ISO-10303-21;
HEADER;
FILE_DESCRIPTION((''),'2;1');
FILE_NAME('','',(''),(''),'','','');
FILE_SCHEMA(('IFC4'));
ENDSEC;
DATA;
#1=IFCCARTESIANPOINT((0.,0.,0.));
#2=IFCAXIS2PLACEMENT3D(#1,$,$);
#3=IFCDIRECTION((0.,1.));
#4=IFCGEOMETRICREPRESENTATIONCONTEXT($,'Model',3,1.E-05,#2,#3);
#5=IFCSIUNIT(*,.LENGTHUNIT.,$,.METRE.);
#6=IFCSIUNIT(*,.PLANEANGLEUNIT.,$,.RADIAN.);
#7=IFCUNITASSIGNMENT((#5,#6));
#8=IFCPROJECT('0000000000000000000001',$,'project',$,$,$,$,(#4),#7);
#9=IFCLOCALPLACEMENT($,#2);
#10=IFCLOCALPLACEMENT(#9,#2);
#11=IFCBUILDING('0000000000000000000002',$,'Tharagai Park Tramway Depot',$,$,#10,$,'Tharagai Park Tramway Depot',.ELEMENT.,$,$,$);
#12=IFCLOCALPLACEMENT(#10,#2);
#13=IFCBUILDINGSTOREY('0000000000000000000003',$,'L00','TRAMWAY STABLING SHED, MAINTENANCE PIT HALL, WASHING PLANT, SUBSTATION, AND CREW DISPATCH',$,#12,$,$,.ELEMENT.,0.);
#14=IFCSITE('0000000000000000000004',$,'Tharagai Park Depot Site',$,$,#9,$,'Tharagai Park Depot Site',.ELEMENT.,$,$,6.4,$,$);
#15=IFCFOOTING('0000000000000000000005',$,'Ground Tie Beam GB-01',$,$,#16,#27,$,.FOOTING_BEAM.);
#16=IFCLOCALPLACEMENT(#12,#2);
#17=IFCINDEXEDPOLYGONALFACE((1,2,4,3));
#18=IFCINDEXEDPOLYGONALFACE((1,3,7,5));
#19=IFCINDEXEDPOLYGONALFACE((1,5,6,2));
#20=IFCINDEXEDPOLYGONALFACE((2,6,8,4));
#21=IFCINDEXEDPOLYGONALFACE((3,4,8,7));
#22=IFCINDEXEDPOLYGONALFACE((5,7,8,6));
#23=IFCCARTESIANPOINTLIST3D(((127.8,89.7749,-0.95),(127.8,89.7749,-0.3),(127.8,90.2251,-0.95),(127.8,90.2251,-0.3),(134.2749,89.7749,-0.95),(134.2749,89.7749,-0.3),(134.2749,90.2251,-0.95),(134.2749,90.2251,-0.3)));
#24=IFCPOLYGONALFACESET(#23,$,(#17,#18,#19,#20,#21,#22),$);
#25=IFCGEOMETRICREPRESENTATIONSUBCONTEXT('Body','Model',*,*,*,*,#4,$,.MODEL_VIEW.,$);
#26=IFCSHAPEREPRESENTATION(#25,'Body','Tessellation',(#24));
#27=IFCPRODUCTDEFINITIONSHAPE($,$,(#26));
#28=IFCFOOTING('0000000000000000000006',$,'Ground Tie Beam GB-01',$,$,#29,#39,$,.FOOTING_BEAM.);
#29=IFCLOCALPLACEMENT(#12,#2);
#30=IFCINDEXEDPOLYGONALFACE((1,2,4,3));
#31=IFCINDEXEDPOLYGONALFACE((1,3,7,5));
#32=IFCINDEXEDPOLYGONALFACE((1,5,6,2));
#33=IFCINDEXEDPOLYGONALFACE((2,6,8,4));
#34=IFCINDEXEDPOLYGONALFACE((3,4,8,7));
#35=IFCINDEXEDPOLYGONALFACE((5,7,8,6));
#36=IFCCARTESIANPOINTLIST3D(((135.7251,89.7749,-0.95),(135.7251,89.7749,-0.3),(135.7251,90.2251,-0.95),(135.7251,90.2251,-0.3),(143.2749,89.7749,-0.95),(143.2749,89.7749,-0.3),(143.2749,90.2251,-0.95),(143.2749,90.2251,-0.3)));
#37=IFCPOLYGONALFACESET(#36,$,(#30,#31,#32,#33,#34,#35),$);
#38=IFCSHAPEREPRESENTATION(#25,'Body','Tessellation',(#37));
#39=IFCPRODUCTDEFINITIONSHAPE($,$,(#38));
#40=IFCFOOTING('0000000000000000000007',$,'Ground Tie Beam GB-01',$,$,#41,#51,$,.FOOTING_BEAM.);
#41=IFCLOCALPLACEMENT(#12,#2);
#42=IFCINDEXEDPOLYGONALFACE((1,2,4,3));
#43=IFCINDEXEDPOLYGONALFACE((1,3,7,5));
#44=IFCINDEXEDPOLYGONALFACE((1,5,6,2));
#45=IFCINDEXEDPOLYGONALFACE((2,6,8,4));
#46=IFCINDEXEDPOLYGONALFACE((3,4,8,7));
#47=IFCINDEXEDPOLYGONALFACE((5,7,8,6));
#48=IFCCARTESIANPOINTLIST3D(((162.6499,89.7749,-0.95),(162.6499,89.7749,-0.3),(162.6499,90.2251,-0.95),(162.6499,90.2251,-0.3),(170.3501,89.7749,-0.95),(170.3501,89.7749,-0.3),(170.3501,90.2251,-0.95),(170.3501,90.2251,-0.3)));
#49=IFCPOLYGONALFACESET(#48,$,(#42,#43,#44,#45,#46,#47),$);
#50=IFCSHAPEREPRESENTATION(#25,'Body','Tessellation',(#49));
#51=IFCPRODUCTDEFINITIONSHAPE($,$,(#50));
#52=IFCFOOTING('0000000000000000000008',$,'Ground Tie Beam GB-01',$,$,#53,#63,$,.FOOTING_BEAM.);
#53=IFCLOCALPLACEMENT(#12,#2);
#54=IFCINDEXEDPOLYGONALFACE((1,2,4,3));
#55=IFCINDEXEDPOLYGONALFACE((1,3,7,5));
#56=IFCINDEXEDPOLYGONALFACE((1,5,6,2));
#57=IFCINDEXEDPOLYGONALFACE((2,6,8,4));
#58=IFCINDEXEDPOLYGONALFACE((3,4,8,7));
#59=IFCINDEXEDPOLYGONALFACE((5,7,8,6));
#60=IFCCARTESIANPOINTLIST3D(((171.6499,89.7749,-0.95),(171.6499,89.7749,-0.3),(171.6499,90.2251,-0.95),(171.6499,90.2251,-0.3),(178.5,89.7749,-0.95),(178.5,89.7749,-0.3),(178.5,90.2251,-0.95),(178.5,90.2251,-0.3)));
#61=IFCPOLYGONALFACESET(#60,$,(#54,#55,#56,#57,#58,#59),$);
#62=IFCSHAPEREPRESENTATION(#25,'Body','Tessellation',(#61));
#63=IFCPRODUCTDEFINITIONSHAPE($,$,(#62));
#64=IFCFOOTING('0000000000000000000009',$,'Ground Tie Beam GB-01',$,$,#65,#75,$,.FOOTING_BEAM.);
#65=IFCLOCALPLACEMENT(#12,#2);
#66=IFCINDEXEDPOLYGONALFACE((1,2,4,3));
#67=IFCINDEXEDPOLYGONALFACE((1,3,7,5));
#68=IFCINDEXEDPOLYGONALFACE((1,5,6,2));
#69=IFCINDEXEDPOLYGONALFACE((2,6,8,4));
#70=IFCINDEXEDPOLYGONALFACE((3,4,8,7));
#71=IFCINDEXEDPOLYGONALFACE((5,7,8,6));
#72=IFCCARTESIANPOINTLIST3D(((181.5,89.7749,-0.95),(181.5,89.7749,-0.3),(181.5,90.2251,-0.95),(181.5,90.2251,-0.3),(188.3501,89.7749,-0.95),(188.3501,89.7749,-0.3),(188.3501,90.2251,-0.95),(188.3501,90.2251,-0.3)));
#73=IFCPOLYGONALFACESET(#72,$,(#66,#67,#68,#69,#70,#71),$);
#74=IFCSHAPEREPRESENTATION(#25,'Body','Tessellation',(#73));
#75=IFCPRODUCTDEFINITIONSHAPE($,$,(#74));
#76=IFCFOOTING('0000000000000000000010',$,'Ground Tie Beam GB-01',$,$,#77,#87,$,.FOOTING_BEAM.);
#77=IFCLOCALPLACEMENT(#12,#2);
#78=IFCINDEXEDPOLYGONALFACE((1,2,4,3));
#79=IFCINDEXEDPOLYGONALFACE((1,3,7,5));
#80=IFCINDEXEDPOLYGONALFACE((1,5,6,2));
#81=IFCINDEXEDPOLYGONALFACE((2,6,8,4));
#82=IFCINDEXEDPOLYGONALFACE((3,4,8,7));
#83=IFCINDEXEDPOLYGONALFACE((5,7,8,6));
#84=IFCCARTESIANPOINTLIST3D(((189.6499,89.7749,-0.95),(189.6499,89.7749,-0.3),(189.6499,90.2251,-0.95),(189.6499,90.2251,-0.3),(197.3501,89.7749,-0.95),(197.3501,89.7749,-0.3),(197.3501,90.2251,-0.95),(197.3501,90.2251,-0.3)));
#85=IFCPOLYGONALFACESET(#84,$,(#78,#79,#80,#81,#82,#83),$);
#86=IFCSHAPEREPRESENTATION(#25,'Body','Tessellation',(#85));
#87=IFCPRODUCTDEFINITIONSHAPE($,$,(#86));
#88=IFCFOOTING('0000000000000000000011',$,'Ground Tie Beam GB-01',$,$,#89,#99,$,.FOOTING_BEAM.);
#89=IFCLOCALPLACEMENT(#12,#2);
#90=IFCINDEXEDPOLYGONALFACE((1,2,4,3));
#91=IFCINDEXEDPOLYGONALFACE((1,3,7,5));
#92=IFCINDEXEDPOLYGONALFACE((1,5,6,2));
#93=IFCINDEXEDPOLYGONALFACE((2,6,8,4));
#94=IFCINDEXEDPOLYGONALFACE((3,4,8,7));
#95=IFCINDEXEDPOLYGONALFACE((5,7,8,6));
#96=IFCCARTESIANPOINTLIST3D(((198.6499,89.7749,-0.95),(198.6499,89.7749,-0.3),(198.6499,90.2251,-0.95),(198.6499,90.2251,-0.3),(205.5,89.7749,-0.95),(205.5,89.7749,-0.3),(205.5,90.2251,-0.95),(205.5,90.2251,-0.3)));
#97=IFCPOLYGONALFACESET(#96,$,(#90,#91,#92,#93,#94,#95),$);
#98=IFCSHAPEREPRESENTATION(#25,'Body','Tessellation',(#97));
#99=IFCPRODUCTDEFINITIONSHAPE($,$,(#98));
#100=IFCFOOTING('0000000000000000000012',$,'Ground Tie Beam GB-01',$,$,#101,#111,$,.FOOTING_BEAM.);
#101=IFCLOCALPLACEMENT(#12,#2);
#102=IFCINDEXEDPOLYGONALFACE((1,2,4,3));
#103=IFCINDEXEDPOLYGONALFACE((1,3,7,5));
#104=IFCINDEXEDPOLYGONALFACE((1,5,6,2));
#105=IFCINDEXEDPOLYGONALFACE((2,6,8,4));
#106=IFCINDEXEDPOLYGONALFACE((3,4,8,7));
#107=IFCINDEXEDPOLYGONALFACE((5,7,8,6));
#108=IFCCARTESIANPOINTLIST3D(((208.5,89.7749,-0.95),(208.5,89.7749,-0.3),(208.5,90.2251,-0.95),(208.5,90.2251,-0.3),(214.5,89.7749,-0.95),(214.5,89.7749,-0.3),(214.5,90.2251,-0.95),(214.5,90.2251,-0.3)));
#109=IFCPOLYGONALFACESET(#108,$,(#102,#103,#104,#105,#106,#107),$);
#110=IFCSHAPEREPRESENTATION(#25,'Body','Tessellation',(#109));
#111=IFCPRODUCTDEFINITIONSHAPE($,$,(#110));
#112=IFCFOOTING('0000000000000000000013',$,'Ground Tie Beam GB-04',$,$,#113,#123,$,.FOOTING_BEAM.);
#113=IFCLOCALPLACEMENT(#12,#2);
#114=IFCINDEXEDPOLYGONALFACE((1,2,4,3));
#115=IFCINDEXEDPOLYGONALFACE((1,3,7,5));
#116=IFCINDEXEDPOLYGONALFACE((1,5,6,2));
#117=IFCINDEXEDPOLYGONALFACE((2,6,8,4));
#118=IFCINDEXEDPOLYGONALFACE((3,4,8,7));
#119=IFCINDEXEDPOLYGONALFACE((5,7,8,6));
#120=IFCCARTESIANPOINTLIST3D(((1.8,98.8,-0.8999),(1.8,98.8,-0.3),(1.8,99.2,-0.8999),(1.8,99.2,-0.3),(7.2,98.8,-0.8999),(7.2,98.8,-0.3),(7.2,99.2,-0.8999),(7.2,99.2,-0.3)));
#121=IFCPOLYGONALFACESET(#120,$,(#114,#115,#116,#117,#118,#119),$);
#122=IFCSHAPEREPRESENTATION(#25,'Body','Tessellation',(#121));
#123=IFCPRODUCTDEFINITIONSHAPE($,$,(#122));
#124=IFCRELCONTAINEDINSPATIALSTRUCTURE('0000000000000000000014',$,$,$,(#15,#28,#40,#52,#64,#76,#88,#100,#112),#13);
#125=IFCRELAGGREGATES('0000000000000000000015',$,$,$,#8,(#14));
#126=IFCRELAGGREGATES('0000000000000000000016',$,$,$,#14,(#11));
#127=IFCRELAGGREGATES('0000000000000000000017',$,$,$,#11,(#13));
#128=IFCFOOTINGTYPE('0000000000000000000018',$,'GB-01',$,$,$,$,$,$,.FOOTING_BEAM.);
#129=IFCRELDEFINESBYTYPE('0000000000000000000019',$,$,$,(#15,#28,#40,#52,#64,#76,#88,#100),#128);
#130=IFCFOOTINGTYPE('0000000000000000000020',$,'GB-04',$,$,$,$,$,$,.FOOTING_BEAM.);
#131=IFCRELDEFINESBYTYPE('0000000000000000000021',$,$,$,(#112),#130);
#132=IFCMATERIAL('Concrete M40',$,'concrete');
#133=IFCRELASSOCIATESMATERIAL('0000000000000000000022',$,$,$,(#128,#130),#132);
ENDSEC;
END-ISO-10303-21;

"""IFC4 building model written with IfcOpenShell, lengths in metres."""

from ifc_helpers import new_model, si_unit, direction, frame, origin, place, context, subcontext, project, spatial, polyline, outline, extrude, material, type_object, element, save


model = new_model("IFC4")

# Units and contexts
model_context = context("Model", 3, precision=1e-05, world=origin(), true_north=direction((0.0, 1.0)))
body_context = subcontext(model_context, "Body", "Model", "MODEL_VIEW")
ifc_project = project(units=[si_unit("LENGTHUNIT", "METRE"), si_unit("PLANEANGLEUNIT", "RADIAN")], contexts=[model_context])

# Site, building, storey
site_placement = place(None, origin())
site = spatial("IfcSite", under=ifc_project, at=site_placement, Name="Tharagai Park Depot Site", LongName="Tharagai Park Depot Site", CompositionType="ELEMENT", RefElevation=6.4)
building_placement = place(site_placement, origin())
building = spatial("IfcBuilding", under=site, at=building_placement, Name="Tharagai Park Tramway Depot", LongName="Tharagai Park Tramway Depot", CompositionType="ELEMENT")
storey_placement = place(building_placement, origin())
storey = spatial("IfcBuildingStorey", under=building, at=storey_placement, Name="L00", Description="TRAMWAY STABLING SHED, MAINTENANCE PIT HALL, WASHING PLANT, SUBSTATION, AND CREW DISPATCH", CompositionType="ELEMENT", Elevation=0.0)

# Footings
ifc_material = material(Name="Concrete M40", Category="concrete")
footing_type_1 = type_object("IfcFootingType", Name="GB-01", PredefinedType="FOOTING_BEAM", material=ifc_material)
footing_1_placement = place(storey_placement, frame((0.0, 0.0, -0.95)))
element("IfcFooting", 1, at=footing_1_placement, inside=storey, type_object=footing_type_1, Name="Ground Tie Beam GB-01", PredefinedType="FOOTING_BEAM", context=body_context, shape_type="SweptSolid", body=[
    extrude(outline(polyline([(127.8, 89.7749), (134.2749, 89.7749), (134.2749, 90.2251), (127.8, 90.2251), (127.8, 89.7749)])), origin(), (0.0, 0.0, 1.0), 0.6499),
])
footing_2_placement = place(storey_placement, frame((0.0, 0.0, -0.95)))
element("IfcFooting", 2, at=footing_2_placement, inside=storey, type_object=footing_type_1, Name="Ground Tie Beam GB-01", PredefinedType="FOOTING_BEAM", context=body_context, shape_type="SweptSolid", body=[
    extrude(outline(polyline([(135.7251, 89.7749), (143.2749, 89.7749), (143.2749, 90.2251), (135.7251, 90.2251), (135.7251, 89.7749)])), origin(), (0.0, 0.0, 1.0), 0.6499),
])
footing_3_placement = place(storey_placement, frame((0.0, 0.0, -0.95)))
element("IfcFooting", 3, at=footing_3_placement, inside=storey, type_object=footing_type_1, Name="Ground Tie Beam GB-01", PredefinedType="FOOTING_BEAM", context=body_context, shape_type="SweptSolid", body=[
    extrude(outline(polyline([(162.6499, 89.7749), (170.3501, 89.7749), (170.3501, 90.2251), (162.6499, 90.2251), (162.6499, 89.7749)])), origin(), (0.0, 0.0, 1.0), 0.6499),
])
footing_4_placement = place(storey_placement, frame((0.0, 0.0, -0.95)))
element("IfcFooting", 4, at=footing_4_placement, inside=storey, type_object=footing_type_1, Name="Ground Tie Beam GB-01", PredefinedType="FOOTING_BEAM", context=body_context, shape_type="SweptSolid", body=[
    extrude(outline(polyline([(171.6499, 89.7749), (178.5, 89.7749), (178.5, 90.2251), (171.6499, 90.2251), (171.6499, 89.7749)])), origin(), (0.0, 0.0, 1.0), 0.6499),
])
footing_5_placement = place(storey_placement, frame((0.0, 0.0, -0.95)))
element("IfcFooting", 5, at=footing_5_placement, inside=storey, type_object=footing_type_1, Name="Ground Tie Beam GB-01", PredefinedType="FOOTING_BEAM", context=body_context, shape_type="SweptSolid", body=[
    extrude(outline(polyline([(181.5, 89.7749), (188.3501, 89.7749), (188.3501, 90.2251), (181.5, 90.2251), (181.5, 89.7749)])), origin(), (0.0, 0.0, 1.0), 0.6499),
])
footing_6_placement = place(storey_placement, frame((0.0, 0.0, -0.95)))
element("IfcFooting", 6, at=footing_6_placement, inside=storey, type_object=footing_type_1, Name="Ground Tie Beam GB-01", PredefinedType="FOOTING_BEAM", context=body_context, shape_type="SweptSolid", body=[
    extrude(outline(polyline([(189.6499, 89.7749), (197.3501, 89.7749), (197.3501, 90.2251), (189.6499, 90.2251), (189.6499, 89.7749)])), origin(), (0.0, 0.0, 1.0), 0.6499),
])
footing_7_placement = place(storey_placement, frame((0.0, 0.0, -0.95)))
element("IfcFooting", 7, at=footing_7_placement, inside=storey, type_object=footing_type_1, Name="Ground Tie Beam GB-01", PredefinedType="FOOTING_BEAM", context=body_context, shape_type="SweptSolid", body=[
    extrude(outline(polyline([(198.6499, 89.7749), (205.5, 89.7749), (205.5, 90.2251), (198.6499, 90.2251), (198.6499, 89.7749)])), origin(), (0.0, 0.0, 1.0), 0.6499),
])
footing_8_placement = place(storey_placement, frame((0.0, 0.0, -0.95)))
element("IfcFooting", 8, at=footing_8_placement, inside=storey, type_object=footing_type_1, Name="Ground Tie Beam GB-01", PredefinedType="FOOTING_BEAM", context=body_context, shape_type="SweptSolid", body=[
    extrude(outline(polyline([(208.5, 89.7749), (214.5, 89.7749), (214.5, 90.2251), (208.5, 90.2251), (208.5, 89.7749)])), origin(), (0.0, 0.0, 1.0), 0.6499),
])
footing_type_2 = type_object("IfcFootingType", Name="GB-04", PredefinedType="FOOTING_BEAM", material=ifc_material)
footing_9_placement = place(storey_placement, frame((0.0, 0.0, -0.8999)))
element("IfcFooting", 9, at=footing_9_placement, inside=storey, type_object=footing_type_2, Name="Ground Tie Beam GB-04", PredefinedType="FOOTING_BEAM", context=body_context, shape_type="SweptSolid", body=[
    extrude(outline(polyline([(1.8, 98.8), (7.2, 98.8), (7.2, 99.2), (1.8, 99.2), (1.8, 98.8)])), origin(), (0.0, 0.0, 1.0), 0.5999),
])

save(model, "model.ifc")
